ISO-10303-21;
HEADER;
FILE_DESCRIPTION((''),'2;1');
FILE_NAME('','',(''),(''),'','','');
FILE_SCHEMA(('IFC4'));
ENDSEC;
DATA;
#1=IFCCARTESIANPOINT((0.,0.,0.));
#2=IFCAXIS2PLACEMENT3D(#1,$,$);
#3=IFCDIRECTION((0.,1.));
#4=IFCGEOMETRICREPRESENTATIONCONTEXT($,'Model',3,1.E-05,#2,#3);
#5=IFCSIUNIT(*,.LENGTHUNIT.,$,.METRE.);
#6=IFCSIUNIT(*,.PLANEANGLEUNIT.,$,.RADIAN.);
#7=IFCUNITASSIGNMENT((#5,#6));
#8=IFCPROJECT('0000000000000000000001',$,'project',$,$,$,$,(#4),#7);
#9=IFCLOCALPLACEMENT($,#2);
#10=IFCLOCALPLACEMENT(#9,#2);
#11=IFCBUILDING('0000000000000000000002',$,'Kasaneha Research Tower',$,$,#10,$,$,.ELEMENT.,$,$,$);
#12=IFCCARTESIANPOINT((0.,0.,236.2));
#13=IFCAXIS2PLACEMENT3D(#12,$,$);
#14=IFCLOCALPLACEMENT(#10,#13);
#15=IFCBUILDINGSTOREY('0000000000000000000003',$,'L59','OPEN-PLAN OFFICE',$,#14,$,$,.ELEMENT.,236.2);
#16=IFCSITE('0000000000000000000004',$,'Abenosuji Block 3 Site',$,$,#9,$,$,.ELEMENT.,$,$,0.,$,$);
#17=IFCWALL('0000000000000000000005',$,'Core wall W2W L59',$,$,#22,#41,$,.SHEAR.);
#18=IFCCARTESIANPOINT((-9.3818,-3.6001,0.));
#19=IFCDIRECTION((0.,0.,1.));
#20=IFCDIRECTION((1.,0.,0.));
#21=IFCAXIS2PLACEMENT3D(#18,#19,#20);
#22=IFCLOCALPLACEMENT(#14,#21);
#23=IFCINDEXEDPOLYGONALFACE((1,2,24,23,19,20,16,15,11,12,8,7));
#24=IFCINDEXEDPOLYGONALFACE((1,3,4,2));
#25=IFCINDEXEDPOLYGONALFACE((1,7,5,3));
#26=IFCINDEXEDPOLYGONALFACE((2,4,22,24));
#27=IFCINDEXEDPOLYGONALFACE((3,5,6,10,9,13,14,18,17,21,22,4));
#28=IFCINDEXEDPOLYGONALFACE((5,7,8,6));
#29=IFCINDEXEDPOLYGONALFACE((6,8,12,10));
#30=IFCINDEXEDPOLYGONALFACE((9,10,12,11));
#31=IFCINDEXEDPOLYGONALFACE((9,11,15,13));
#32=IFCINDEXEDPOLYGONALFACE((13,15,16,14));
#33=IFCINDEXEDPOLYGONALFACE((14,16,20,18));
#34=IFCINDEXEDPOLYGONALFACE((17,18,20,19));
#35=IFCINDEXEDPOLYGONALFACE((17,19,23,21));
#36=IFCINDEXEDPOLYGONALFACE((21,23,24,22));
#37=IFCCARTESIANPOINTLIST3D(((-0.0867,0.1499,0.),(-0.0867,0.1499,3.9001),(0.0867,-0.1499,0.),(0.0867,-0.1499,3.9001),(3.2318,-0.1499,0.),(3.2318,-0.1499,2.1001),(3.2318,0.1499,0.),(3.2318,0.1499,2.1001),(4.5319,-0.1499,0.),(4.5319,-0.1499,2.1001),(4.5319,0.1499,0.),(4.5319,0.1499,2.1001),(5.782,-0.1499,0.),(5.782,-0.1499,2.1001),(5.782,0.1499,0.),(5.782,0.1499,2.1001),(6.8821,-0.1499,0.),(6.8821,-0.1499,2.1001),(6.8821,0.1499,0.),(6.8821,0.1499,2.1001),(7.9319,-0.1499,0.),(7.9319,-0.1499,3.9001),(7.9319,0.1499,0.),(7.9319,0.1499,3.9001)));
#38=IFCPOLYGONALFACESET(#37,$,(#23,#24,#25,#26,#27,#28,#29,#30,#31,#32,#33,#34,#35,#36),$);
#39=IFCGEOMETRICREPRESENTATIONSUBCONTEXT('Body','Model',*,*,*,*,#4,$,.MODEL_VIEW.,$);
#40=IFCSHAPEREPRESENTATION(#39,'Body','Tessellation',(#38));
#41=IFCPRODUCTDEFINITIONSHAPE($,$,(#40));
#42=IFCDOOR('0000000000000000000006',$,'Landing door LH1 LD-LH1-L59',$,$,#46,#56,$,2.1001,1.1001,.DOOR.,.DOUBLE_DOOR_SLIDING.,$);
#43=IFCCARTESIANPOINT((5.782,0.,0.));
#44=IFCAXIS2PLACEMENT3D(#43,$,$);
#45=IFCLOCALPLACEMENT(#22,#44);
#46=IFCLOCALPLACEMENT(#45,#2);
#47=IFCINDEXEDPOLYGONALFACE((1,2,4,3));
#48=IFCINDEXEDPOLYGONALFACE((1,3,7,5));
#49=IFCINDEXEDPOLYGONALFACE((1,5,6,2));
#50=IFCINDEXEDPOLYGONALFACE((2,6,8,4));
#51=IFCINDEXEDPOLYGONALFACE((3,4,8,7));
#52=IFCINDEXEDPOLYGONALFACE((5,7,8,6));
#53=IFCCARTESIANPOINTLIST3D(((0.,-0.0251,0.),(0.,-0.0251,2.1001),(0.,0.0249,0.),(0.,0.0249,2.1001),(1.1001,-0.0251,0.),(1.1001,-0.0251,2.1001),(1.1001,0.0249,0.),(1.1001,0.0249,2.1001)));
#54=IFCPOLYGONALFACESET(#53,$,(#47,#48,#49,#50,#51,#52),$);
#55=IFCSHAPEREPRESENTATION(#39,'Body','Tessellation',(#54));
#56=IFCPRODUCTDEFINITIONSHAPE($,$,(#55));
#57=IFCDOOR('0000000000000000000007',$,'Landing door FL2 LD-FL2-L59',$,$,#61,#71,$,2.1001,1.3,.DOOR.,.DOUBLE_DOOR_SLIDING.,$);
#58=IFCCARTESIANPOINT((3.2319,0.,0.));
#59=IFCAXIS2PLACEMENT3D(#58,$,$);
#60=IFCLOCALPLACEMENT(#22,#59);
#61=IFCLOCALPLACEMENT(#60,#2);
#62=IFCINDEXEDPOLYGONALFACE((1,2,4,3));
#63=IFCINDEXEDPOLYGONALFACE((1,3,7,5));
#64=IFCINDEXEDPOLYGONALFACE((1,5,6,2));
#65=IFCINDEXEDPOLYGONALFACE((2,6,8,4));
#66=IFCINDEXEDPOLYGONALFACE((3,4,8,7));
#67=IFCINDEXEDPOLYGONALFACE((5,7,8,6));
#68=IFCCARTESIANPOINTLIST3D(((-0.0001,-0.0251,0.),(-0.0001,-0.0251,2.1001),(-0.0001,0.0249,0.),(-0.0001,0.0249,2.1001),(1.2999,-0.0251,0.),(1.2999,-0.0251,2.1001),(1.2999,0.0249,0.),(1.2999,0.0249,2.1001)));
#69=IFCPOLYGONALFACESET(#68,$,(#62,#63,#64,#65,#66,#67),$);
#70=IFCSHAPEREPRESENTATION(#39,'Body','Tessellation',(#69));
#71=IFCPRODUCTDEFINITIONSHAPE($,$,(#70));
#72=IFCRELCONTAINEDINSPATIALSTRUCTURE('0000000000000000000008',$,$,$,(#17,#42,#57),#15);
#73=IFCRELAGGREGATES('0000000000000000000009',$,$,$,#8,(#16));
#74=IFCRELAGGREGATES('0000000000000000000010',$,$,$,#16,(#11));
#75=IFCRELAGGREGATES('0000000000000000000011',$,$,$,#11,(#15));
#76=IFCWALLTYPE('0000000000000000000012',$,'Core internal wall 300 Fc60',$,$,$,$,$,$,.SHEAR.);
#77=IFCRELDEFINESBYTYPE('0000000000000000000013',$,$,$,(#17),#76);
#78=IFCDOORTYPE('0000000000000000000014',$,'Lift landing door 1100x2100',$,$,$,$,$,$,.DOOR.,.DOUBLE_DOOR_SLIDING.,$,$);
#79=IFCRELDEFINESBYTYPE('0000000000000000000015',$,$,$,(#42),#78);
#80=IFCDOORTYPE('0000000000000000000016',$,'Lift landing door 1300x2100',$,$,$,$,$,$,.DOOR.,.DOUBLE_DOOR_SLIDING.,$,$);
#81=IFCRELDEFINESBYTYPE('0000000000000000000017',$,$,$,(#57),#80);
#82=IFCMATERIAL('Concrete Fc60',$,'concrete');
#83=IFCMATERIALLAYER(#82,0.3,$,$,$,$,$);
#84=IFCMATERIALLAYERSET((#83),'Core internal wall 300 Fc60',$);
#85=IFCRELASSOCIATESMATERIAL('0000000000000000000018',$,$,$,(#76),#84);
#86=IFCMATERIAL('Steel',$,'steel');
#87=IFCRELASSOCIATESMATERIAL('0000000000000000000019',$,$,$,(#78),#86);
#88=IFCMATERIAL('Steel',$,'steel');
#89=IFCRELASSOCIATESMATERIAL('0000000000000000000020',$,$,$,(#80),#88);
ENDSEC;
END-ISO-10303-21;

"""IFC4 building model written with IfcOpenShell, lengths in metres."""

from ifc_helpers import new_model, si_unit, direction, frame, frame_2d, origin, place, context, subcontext, project, spatial, polyline, rectangle, outline, extrude, material, layer, layer_set, type_object, element, fill, save


model = new_model("IFC4")

# Units and contexts
model_context = context("Model", 3, precision=1e-05, world=origin(), true_north=direction((0.0, 1.0)))
body_context = subcontext(model_context, "Body", "Model", "MODEL_VIEW")
ifc_project = project(units=[si_unit("LENGTHUNIT", "METRE"), si_unit("PLANEANGLEUNIT", "RADIAN")], contexts=[model_context])

# Site, building, storey
site_placement = place(None, origin())
site = spatial("IfcSite", under=ifc_project, at=site_placement, Name="Abenosuji Block 3 Site", CompositionType="ELEMENT", RefElevation=0.0)
building_placement = place(site_placement, origin())
building = spatial("IfcBuilding", under=site, at=building_placement, Name="Kasaneha Research Tower", CompositionType="ELEMENT")
storey_placement = place(building_placement, frame((0.0, 0.0, 236.2)))
storey = spatial("IfcBuildingStorey", under=building, at=storey_placement, Name="L59", Description="OPEN-PLAN OFFICE", CompositionType="ELEMENT", Elevation=236.2)

# Wall, openings, doors
ifc_material_1 = material(Name="Concrete Fc60", Category="concrete")
ifc_layer_1 = layer(ifc_material_1, 0.3)
ifc_layer_set_1 = layer_set([ifc_layer_1], Name="Core internal wall 300 Fc60")
wall_type_1 = type_object("IfcWallType", Name="Core internal wall 300 Fc60", PredefinedType="SHEAR", material=ifc_layer_set_1)
wall_1_placement = place(storey_placement, frame((-9.3818, -3.6001, 0.0), z_axis=(0.0, 0.0, 1.0), x_axis=(1.0, 0.0, 0.0)))
wall_1 = element("IfcWall", 1, at=wall_1_placement, inside=storey, type_object=wall_type_1, Name="Core wall W2W L59", PredefinedType="SHEAR", context=body_context, shape_type="SweptSolid", body=[
    extrude(outline(polyline([(0.0867, -0.1499), (3.2319, -0.1499), (4.532, -0.1499), (5.782, -0.1499), (6.8821, -0.1499), (7.9319, -0.1499), (7.9319, 0.1499), (6.8821, 0.1499), (5.782, 0.1499), (4.532, 0.1499), (3.2319, 0.1499), (-0.0867, 0.1499), (0.0867, -0.1499)])), origin(), (0.0, 0.0, 1.0), 3.9001),
])
opening_1_placement = place(wall_1_placement, frame((5.782, 0.0, 0.0)))
opening_1 = element("IfcOpeningElement", 2, at=opening_1_placement, cuts=wall_1, PredefinedType="OPENING", context=body_context, shape_type="SweptSolid", body=[
    extrude(rectangle(XDim=1.1001, YDim=2.1001, at=frame_2d((0.55, 1.05))), frame((0.0, 0.1602, 0.0), z_axis=(0.0, -1.0, 0.0), x_axis=(1.0, 0.0, 0.0)), (0.0, 0.0, 1.0), 0.3201),
])
opening_2_placement = place(wall_1_placement, frame((3.2319, 0.0, 0.0)))
opening_2 = element("IfcOpeningElement", 3, at=opening_2_placement, cuts=wall_1, PredefinedType="OPENING", context=body_context, shape_type="SweptSolid", body=[
    extrude(rectangle(XDim=1.3, YDim=2.1001, at=frame_2d((0.6499, 1.05))), frame((0.0, 0.1602, 0.0), z_axis=(0.0, -1.0, 0.0), x_axis=(1.0, 0.0, 0.0)), (0.0, 0.0, 1.0), 0.3201),
])
ifc_material_2 = material(Name="Steel", Category="steel")
door_type_1 = type_object("IfcDoorType", Name="Lift landing door 1100x2100", OperationType="DOUBLE_DOOR_SLIDING", PredefinedType="DOOR", material=ifc_material_2)
door_1_placement = place(opening_1_placement, origin())
door_1 = element("IfcDoor", 4, at=door_1_placement, inside=storey, type_object=door_type_1, Name="Landing door LH1 LD-LH1-L59", OperationType="DOUBLE_DOOR_SLIDING", OverallHeight=2.1001, OverallWidth=1.1001, PredefinedType="DOOR", context=body_context, shape_type="SweptSolid", body=[
    extrude(rectangle(XDim=1.1001, YDim=2.1001, at=frame_2d((0.55, 1.05))), frame((0.0, 0.0249, 0.0), z_axis=(0.0, -1.0, 0.0), x_axis=(1.0, 0.0, 0.0)), (0.0, 0.0, 1.0), 0.05),
])
fill(opening_1, door_1)
ifc_material_3 = material(Name="Steel", Category="steel")
door_type_2 = type_object("IfcDoorType", Name="Lift landing door 1300x2100", OperationType="DOUBLE_DOOR_SLIDING", PredefinedType="DOOR", material=ifc_material_3)
door_2_placement = place(opening_2_placement, origin())
door_2 = element("IfcDoor", 5, at=door_2_placement, inside=storey, type_object=door_type_2, Name="Landing door FL2 LD-FL2-L59", OperationType="DOUBLE_DOOR_SLIDING", OverallHeight=2.1001, OverallWidth=1.3, PredefinedType="DOOR", context=body_context, shape_type="SweptSolid", body=[
    extrude(rectangle(XDim=1.3, YDim=2.1001, at=frame_2d((0.6499, 1.05))), frame((0.0, 0.0249, 0.0), z_axis=(0.0, -1.0, 0.0), x_axis=(1.0, 0.0, 0.0)), (0.0, 0.0, 1.0), 0.05),
])
fill(opening_2, door_2)

save(model, "model.ifc")
